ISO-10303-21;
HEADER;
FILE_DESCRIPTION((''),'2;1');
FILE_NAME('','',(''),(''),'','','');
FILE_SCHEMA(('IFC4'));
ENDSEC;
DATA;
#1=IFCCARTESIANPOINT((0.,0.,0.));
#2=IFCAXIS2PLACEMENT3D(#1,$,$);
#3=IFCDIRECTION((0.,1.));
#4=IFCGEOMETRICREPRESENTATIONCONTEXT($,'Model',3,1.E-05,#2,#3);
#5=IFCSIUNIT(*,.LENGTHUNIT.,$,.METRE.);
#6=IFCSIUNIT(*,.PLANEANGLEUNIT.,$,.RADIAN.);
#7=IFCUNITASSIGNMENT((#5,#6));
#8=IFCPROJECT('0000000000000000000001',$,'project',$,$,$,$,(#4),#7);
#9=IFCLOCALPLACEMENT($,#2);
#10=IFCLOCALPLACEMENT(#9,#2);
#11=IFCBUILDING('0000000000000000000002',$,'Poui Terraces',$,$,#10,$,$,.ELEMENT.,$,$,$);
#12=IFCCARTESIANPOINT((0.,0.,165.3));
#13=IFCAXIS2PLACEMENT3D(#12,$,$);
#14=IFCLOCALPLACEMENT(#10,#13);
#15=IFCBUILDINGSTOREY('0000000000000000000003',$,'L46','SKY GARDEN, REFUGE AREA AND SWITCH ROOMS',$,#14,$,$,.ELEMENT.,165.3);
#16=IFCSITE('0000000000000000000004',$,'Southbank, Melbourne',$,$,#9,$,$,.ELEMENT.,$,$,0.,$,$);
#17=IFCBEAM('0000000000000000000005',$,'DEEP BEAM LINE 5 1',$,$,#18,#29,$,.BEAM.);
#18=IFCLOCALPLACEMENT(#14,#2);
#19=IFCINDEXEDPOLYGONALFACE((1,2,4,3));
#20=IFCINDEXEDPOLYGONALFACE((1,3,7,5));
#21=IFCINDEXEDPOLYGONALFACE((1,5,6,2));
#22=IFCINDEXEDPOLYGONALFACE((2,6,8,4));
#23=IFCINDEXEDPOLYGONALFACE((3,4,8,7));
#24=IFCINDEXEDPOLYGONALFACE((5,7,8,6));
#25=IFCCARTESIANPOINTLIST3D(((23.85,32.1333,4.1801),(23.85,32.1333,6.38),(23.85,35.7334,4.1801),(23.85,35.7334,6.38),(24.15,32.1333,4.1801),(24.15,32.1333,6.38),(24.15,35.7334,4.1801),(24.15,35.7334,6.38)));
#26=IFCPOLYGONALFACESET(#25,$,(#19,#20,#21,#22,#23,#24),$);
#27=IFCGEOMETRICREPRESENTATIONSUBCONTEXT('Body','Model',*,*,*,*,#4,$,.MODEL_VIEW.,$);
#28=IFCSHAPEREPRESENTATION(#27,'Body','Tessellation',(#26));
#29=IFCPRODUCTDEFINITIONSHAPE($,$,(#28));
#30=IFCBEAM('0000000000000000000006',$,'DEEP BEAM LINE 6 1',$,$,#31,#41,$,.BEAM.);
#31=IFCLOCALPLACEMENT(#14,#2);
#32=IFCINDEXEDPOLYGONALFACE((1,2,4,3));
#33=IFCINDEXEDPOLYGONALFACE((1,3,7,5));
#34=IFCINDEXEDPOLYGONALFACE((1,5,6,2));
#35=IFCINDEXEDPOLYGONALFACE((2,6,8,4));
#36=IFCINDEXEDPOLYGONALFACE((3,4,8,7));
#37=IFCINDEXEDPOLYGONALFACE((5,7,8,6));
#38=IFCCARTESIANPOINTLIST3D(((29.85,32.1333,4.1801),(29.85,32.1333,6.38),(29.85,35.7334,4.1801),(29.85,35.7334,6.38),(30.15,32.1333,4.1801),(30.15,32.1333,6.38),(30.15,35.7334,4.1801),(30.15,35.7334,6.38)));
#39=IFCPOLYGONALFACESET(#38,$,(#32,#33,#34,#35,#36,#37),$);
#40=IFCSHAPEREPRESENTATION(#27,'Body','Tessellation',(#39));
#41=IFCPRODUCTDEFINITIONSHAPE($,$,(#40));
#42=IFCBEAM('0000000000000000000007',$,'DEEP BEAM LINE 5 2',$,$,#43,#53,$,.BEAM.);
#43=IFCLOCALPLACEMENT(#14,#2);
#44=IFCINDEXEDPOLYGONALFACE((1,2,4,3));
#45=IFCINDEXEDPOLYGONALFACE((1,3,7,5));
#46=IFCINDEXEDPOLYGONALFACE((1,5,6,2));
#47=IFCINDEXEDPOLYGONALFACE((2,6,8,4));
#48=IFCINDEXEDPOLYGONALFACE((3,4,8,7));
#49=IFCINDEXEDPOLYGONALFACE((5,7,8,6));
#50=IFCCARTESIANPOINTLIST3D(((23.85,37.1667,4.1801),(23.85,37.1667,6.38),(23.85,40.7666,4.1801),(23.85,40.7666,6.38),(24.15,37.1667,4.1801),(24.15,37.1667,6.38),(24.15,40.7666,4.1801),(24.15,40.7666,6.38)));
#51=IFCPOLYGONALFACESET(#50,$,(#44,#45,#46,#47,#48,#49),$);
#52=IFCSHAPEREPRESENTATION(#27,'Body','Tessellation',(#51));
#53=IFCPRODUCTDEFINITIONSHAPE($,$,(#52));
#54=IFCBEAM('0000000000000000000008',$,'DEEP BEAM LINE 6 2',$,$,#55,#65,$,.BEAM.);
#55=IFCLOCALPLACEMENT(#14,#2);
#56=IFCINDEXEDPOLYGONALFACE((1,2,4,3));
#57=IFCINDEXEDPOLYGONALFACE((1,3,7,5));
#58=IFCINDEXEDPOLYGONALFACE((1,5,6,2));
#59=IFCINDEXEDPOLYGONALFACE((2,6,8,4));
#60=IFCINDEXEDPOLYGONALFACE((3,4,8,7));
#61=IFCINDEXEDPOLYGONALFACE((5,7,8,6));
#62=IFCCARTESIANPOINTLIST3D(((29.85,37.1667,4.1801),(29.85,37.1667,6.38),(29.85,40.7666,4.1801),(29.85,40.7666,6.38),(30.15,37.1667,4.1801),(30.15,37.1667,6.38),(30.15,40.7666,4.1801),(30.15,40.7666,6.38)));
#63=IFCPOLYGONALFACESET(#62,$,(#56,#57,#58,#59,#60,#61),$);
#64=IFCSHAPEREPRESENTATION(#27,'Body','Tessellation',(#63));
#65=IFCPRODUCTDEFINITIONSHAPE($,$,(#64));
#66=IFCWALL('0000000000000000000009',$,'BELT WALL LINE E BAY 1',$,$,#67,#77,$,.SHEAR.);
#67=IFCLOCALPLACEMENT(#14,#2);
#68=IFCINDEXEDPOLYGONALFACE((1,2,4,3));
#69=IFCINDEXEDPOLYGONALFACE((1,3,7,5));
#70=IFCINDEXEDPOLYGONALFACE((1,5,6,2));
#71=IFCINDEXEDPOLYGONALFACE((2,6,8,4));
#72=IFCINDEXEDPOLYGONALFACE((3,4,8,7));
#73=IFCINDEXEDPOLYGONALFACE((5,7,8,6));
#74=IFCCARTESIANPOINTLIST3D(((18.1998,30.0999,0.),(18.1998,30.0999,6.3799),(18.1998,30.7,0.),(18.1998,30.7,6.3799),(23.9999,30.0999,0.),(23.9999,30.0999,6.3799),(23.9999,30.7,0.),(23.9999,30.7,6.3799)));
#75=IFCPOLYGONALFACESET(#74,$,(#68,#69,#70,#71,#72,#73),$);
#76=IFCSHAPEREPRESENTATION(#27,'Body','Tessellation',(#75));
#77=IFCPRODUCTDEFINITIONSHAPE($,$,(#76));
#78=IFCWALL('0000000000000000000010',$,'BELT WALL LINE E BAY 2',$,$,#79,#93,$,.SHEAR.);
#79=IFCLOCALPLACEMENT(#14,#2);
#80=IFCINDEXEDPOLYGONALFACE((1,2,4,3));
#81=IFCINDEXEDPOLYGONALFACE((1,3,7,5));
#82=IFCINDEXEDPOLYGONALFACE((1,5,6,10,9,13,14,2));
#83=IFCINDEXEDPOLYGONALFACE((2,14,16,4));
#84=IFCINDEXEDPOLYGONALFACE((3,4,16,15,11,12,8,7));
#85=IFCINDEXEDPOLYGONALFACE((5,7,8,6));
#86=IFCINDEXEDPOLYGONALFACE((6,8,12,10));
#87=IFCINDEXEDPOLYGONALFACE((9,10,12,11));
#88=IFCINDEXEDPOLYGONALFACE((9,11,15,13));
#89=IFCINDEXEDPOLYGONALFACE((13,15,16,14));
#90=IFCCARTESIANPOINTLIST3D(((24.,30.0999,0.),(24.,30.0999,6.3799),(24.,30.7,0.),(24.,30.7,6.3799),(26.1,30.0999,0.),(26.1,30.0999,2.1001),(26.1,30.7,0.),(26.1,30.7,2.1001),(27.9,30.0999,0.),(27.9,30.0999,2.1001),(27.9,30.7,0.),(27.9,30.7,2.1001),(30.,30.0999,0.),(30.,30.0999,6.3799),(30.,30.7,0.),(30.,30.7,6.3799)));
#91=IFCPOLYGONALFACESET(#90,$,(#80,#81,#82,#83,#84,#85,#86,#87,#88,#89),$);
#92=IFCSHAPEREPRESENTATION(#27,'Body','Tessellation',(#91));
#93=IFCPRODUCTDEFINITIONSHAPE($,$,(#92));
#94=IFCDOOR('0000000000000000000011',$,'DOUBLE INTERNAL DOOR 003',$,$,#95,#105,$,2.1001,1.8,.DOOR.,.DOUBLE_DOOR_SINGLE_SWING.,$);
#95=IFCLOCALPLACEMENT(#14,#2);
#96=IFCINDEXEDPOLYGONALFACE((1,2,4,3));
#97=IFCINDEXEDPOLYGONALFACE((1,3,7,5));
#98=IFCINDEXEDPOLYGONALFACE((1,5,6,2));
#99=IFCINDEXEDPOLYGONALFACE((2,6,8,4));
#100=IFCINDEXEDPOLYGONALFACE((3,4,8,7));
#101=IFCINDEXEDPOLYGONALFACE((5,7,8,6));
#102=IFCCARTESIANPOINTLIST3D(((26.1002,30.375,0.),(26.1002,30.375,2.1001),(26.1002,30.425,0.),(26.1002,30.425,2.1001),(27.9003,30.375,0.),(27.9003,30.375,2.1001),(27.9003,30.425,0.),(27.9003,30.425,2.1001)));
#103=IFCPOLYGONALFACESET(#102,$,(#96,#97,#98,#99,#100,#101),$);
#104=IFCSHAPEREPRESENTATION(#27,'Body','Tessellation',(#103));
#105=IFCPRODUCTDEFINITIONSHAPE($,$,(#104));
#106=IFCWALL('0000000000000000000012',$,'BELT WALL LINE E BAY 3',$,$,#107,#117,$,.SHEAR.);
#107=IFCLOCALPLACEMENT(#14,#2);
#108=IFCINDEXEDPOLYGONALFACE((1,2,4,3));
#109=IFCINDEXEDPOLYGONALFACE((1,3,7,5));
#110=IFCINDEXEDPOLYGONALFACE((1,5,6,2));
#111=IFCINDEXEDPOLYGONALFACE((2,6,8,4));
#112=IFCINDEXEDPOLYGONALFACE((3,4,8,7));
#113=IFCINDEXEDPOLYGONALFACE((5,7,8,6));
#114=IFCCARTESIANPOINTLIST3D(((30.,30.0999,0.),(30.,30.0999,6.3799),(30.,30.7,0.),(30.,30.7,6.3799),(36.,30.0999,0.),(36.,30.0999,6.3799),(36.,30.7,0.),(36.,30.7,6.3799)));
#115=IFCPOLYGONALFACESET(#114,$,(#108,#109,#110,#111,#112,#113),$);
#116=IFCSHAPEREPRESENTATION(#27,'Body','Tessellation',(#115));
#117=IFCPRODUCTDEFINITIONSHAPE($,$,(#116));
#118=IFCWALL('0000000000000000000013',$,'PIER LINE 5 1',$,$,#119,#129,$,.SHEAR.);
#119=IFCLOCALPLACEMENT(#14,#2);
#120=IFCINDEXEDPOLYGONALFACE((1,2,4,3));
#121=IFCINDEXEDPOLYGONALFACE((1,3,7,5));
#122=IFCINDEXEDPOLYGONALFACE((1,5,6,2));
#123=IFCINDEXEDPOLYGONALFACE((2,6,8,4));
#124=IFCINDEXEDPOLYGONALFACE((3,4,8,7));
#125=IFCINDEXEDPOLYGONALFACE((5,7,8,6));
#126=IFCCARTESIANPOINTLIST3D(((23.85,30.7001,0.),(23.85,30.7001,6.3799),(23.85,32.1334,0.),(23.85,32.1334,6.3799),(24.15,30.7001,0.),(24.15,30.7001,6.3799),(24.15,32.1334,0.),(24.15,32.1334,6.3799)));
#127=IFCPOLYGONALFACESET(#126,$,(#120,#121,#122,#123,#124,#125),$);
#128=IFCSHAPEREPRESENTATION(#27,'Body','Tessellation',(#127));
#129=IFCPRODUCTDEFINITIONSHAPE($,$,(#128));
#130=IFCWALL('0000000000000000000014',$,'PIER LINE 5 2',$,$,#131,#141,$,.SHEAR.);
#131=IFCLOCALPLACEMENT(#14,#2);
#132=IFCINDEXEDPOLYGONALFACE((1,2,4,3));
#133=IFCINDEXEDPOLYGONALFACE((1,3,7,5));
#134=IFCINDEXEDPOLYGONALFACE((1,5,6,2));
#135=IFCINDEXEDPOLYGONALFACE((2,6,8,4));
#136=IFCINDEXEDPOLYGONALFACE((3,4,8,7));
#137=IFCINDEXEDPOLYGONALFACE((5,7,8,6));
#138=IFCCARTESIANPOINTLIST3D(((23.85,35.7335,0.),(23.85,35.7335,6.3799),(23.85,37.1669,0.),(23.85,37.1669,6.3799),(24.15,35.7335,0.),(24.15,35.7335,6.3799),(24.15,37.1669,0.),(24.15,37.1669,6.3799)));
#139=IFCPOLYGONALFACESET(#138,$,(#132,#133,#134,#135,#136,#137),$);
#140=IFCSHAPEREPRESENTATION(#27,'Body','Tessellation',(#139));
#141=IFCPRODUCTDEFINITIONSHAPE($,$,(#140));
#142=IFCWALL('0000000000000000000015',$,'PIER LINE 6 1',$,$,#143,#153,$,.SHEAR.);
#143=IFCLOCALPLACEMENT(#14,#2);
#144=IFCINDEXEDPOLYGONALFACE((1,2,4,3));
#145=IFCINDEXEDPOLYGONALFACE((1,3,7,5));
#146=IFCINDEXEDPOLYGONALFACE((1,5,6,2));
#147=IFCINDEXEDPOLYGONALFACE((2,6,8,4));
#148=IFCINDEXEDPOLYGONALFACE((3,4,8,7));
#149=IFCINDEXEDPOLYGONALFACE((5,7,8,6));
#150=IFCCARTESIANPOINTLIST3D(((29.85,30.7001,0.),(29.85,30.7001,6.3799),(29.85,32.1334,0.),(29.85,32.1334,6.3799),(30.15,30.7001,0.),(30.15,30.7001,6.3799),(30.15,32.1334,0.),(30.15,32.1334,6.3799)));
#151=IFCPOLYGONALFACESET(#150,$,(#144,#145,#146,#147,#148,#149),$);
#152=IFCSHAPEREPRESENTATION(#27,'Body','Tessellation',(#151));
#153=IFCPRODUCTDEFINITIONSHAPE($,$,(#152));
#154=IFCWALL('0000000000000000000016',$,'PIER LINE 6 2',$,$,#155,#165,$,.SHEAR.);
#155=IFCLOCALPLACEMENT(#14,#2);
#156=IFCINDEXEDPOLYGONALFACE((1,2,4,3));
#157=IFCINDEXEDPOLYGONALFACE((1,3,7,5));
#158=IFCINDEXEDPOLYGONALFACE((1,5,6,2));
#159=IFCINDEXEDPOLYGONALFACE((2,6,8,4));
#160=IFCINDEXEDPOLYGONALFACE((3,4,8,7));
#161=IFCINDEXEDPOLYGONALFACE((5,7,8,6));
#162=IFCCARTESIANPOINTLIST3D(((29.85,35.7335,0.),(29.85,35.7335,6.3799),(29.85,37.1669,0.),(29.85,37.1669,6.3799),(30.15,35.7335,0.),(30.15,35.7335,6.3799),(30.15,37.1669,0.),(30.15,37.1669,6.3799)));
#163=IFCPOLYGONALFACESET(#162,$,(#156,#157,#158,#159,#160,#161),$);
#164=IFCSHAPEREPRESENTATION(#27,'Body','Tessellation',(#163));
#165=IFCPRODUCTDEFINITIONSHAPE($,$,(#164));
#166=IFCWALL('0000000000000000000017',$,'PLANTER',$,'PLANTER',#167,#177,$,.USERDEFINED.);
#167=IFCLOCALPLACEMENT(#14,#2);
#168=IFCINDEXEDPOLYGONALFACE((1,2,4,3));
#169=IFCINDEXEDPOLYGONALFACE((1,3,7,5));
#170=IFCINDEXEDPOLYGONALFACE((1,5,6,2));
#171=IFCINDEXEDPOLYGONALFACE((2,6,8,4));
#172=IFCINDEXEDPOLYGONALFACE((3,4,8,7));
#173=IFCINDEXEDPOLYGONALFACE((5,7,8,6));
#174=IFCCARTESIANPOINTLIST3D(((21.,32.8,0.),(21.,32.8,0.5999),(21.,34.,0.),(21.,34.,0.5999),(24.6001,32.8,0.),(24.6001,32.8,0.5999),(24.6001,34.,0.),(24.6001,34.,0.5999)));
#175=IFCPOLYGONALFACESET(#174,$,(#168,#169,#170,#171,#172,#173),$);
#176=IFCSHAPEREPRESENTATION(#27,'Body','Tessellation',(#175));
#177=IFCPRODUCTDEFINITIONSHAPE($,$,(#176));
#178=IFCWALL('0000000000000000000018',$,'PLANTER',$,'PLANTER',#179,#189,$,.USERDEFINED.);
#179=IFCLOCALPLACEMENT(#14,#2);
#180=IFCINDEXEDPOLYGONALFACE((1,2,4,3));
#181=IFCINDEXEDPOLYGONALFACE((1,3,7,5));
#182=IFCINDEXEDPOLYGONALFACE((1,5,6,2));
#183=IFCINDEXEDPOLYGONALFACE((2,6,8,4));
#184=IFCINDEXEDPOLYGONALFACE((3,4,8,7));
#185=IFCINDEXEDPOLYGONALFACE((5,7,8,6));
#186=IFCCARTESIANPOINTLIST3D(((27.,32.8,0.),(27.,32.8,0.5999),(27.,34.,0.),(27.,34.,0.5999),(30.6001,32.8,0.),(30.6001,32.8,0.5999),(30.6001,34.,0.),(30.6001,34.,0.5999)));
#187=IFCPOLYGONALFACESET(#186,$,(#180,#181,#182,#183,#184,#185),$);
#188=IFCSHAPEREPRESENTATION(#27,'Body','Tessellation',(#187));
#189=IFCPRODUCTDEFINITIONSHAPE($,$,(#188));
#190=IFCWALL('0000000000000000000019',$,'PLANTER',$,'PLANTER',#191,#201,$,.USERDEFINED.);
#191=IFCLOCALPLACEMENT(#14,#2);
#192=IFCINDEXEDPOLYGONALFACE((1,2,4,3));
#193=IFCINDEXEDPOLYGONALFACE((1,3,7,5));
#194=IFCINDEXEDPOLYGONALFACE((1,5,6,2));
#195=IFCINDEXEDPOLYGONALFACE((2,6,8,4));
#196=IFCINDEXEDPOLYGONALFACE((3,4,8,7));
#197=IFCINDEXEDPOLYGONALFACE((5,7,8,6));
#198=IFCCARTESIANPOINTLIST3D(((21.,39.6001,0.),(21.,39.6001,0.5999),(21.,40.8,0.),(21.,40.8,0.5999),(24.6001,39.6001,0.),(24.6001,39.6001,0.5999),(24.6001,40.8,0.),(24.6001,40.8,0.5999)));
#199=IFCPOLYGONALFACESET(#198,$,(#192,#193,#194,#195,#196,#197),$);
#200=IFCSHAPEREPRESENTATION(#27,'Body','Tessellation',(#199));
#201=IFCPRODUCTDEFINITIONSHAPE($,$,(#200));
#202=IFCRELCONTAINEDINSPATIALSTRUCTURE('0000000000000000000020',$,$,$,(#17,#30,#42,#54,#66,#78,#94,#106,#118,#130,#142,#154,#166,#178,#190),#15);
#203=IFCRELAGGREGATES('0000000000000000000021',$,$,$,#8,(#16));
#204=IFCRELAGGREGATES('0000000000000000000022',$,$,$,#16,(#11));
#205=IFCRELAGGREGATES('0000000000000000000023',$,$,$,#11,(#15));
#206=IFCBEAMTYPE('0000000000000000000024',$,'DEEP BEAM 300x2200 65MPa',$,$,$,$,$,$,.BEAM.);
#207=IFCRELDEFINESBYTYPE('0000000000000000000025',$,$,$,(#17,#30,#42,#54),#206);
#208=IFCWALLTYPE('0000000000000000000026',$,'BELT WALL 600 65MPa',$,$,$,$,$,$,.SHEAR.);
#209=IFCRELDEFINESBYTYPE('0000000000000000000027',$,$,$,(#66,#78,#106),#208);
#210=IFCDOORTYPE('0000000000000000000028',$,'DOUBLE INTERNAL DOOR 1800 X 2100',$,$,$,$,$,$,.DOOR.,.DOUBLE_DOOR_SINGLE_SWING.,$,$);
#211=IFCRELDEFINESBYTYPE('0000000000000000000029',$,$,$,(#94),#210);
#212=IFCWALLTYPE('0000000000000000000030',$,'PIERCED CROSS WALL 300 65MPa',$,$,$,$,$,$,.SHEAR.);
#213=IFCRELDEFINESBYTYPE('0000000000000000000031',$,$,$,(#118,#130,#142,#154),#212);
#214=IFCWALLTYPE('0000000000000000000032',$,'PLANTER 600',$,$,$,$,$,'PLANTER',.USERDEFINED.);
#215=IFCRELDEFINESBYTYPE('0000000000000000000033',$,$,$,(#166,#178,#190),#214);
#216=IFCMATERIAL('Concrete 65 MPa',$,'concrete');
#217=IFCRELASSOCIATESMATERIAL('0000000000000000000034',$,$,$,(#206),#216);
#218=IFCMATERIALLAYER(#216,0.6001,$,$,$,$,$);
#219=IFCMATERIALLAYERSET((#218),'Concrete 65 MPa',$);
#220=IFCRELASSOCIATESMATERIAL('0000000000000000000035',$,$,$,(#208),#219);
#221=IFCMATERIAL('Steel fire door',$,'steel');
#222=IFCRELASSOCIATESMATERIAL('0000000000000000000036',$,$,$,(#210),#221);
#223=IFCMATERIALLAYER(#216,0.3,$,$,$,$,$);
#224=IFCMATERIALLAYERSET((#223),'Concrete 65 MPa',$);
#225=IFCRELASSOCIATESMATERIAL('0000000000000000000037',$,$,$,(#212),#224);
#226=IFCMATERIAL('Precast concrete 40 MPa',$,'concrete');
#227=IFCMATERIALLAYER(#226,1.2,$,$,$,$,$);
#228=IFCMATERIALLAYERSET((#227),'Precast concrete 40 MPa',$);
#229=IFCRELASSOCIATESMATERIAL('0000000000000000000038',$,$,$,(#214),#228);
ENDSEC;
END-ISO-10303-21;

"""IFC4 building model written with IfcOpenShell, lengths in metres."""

from ifc_helpers import new_model, si_unit, direction, frame, frame_2d, origin, origin_2d, place, context, subcontext, project, spatial, polyline, rectangle, outline, extrude, source, transform, mapped, material, layer, layer_set, material_profile, profile_set, type_object, element, fill, save


model = new_model("IFC4")

# Units and contexts
model_context = context("Model", 3, precision=1e-05, world=origin(), true_north=direction((0.0, 1.0)))
body_context = subcontext(model_context, "Body", "Model", "MODEL_VIEW")
ifc_project = project(units=[si_unit("LENGTHUNIT", "METRE"), si_unit("PLANEANGLEUNIT", "RADIAN")], contexts=[model_context])

# Site, building, storey
site_placement = place(None, origin())
site = spatial("IfcSite", under=ifc_project, at=site_placement, Name="Southbank, Melbourne", CompositionType="ELEMENT", RefElevation=0.0)
building_placement = place(site_placement, origin())
building = spatial("IfcBuilding", under=site, at=building_placement, Name="Poui Terraces", CompositionType="ELEMENT")
storey_placement = place(building_placement, frame((0.0, 0.0, 165.3)))
storey = spatial("IfcBuildingStorey", under=building, at=storey_placement, Name="L46", Description="SKY GARDEN, REFUGE AREA AND SWITCH ROOMS", CompositionType="ELEMENT", Elevation=165.3)

# Beams
ifc_material_1 = material(Name="Concrete 65 MPa", Category="concrete")
ifc_material_profile = material_profile(ifc_material_1, rectangle(XDim=0.3, YDim=2.2, at=origin_2d()), Name="RC 300x2200")
ifc_profile_set = profile_set([ifc_material_profile], Name="Concrete 65 MPa")
beam_type = type_object("IfcBeamType", Name="DEEP BEAM 300x2200 65MPa", PredefinedType="BEAM", material=ifc_profile_set)
shared_shape_1 = source(origin(), body_context, "Body", "SweptSolid", [
    extrude(rectangle(XDim=0.3, YDim=2.2, at=origin_2d()), origin(), (0.0, 0.0, 1.0), 3.6001),
])
for number, where, z_axis, x_axis, name in (
    (1, (24.0, 32.1333, 5.28), (0.0, 1.0, 0.0), (-1.0, 0.0, 0.0), "DEEP BEAM LINE 5 1"),
    (2, (30.0, 32.1333, 5.28), (0.0, 1.0, 0.0), (-1.0, 0.0, 0.0), "DEEP BEAM LINE 6 1"),
):
    element("IfcBeam", number, at=place(storey_placement, frame(where, z_axis=z_axis, x_axis=x_axis)), inside=storey, type_object=beam_type, Name=name, PredefinedType="BEAM", context=body_context, shape_type="MappedRepresentation", body=[
        mapped(shared_shape_1, transform((0.0, 0.0, 0.0))),
    ])
shared_shape_2 = source(origin(), body_context, "Body", "SweptSolid", [
    extrude(rectangle(XDim=0.3, YDim=2.2, at=origin_2d()), origin(), (0.0, 0.0, 1.0), 3.5999),
])
for number, where, z_axis, x_axis, name in (
    (3, (24.0, 37.1667, 5.28), (0.0, 1.0, 0.0), (-1.0, 0.0, 0.0), "DEEP BEAM LINE 5 2"),
    (4, (30.0, 37.1667, 5.28), (0.0, 1.0, 0.0), (-1.0, 0.0, 0.0), "DEEP BEAM LINE 6 2"),
):
    element("IfcBeam", number, at=place(storey_placement, frame(where, z_axis=z_axis, x_axis=x_axis)), inside=storey, type_object=beam_type, Name=name, PredefinedType="BEAM", context=body_context, shape_type="MappedRepresentation", body=[
        mapped(shared_shape_2, transform((0.0, 0.0, 0.0))),
    ])

# Wall
ifc_layer_1 = layer(ifc_material_1, 0.6001)
ifc_layer_set_1 = layer_set([ifc_layer_1], Name="Concrete 65 MPa")
wall_type_1 = type_object("IfcWallType", Name="BELT WALL 600 65MPa", PredefinedType="SHEAR", material=ifc_layer_set_1)
wall_1_placement = place(storey_placement, frame((18.2, 30.3999, 0.0), z_axis=(0.0, 0.0, 1.0), x_axis=(1.0, 0.0, 0.0)))
element("IfcWall", 5, at=wall_1_placement, inside=storey, type_object=wall_type_1, Name="BELT WALL LINE E BAY 1", PredefinedType="SHEAR", context=body_context, shape_type="SweptSolid", body=[
    extrude(rectangle(XDim=5.8, YDim=0.6001, at=frame_2d((2.8999, 0.0))), origin(), (0.0, 0.0, 1.0), 6.3799),
])

# Wall, opening, door
wall_2_placement = place(storey_placement, frame((24.0, 30.3999, 0.0), z_axis=(0.0, 0.0, 1.0), x_axis=(1.0, 0.0, 0.0)))
wall_2 = element("IfcWall", 6, at=wall_2_placement, inside=storey, type_object=wall_type_1, Name="BELT WALL LINE E BAY 2", PredefinedType="SHEAR", context=body_context, shape_type="SweptSolid", body=[
    extrude(rectangle(XDim=6.0, YDim=0.6001, at=frame_2d((3.0, 0.0))), origin(), (0.0, 0.0, 1.0), 6.3799),
])
opening_placement = place(wall_2_placement, frame((2.1001, 0.0, 0.0)))
opening = element("IfcOpeningElement", 7, at=opening_placement, cuts=wall_2, PredefinedType="OPENING", context=body_context, shape_type="SweptSolid", body=[
    extrude(rectangle(XDim=1.8, YDim=2.1001, at=frame_2d((0.8999, 1.05))), frame((0.0, 0.3101, 0.0), z_axis=(0.0, -1.0, 0.0), x_axis=(1.0, 0.0, 0.0)), (0.0, 0.0, 1.0), 0.6201),
])
ifc_material_2 = material(Name="Steel fire door", Category="steel")
door_type = type_object("IfcDoorType", Name="DOUBLE INTERNAL DOOR 1800 X 2100", OperationType="DOUBLE_DOOR_SINGLE_SWING", PredefinedType="DOOR", material=ifc_material_2)
door_placement = place(opening_placement, frame((1.8, 0.0, 0.0), z_axis=(0.0, 0.0, 1.0), x_axis=(-1.0, 0.0, 0.0)))
door = element("IfcDoor", 8, at=door_placement, inside=storey, type_object=door_type, Name="DOUBLE INTERNAL DOOR 003", OperationType="DOUBLE_DOOR_SINGLE_SWING", OverallHeight=2.1001, OverallWidth=1.8, PredefinedType="DOOR", context=body_context, shape_type="SweptSolid", body=[
    extrude(rectangle(XDim=1.8, YDim=2.1001, at=frame_2d((0.8999, 1.05))), frame((0.0, 0.0249, 0.0), z_axis=(0.0, -1.0, 0.0), x_axis=(1.0, 0.0, 0.0)), (0.0, 0.0, 1.0), 0.05),
])
fill(opening, door)

# Walls
wall_3_placement = place(storey_placement, frame((30.0, 30.3999, 0.0), z_axis=(0.0, 0.0, 1.0), x_axis=(1.0, 0.0, 0.0)))
element("IfcWall", 9, at=wall_3_placement, inside=storey, type_object=wall_type_1, Name="BELT WALL LINE E BAY 3", PredefinedType="SHEAR", context=body_context, shape_type="SweptSolid", body=[
    extrude(rectangle(XDim=6.0, YDim=0.6001, at=frame_2d((3.0, 0.0))), origin(), (0.0, 0.0, 1.0), 6.3799),
])
ifc_layer_2 = layer(ifc_material_1, 0.3)
ifc_layer_set_2 = layer_set([ifc_layer_2], Name="Concrete 65 MPa")
wall_type_2 = type_object("IfcWallType", Name="PIERCED CROSS WALL 300 65MPa", PredefinedType="SHEAR", material=ifc_layer_set_2)
for number, where, z_axis, x_axis, name in (
    (10, (24.0, 30.7, 0.0), (0.0, 0.0, 1.0), (0.0, 1.0, 0.0), "PIER LINE 5 1"),
    (11, (24.0, 35.7334, 0.0), (0.0, 0.0, 1.0), (0.0, 1.0, 0.0), "PIER LINE 5 2"),
    (12, (30.0, 30.7, 0.0), (0.0, 0.0, 1.0), (0.0, 1.0, 0.0), "PIER LINE 6 1"),
    (13, (30.0, 35.7334, 0.0), (0.0, 0.0, 1.0), (0.0, 1.0, 0.0), "PIER LINE 6 2"),
):
    element("IfcWall", number, at=place(storey_placement, frame(where, z_axis=z_axis, x_axis=x_axis)), inside=storey, type_object=wall_type_2, Name=name, PredefinedType="SHEAR", context=body_context, shape_type="SweptSolid", body=[
        extrude(rectangle(XDim=1.4333, YDim=0.3, at=frame_2d((0.7168, 0.0))), origin(), (0.0, 0.0, 1.0), 6.3799),
    ])
ifc_material_3 = material(Name="Precast concrete 40 MPa", Category="concrete")
ifc_layer_3 = layer(ifc_material_3, 1.2)
ifc_layer_set_3 = layer_set([ifc_layer_3], Name="Precast concrete 40 MPa")
wall_type_3 = type_object("IfcWallType", Name="PLANTER 600", ElementType="PLANTER", PredefinedType="USERDEFINED", material=ifc_layer_set_3)
shared_shape_3 = source(origin(), body_context, "Body", "SweptSolid", [
    extrude(outline(polyline([(0.0, 0.0), (3.6001, 0.0), (3.6001, 1.2), (0.0, 1.2), (0.0, 0.0)])), origin(), (0.0, 0.0, 1.0), 0.5999),
])
for number, where, name in (
    (14, (21.0, 32.8, 0.0), "PLANTER"),
    (15, (27.0, 32.8, 0.0), "PLANTER"),
    (16, (21.0, 39.6001, 0.0), "PLANTER"),
):
    element("IfcWall", number, at=place(storey_placement, frame(where)), inside=storey, type_object=wall_type_3, Name=name, ObjectType="PLANTER", PredefinedType="USERDEFINED", context=body_context, shape_type="MappedRepresentation", body=[
        mapped(shared_shape_3, transform((0.0, 0.0, 0.0))),
    ])

save(model, "model.ifc")
